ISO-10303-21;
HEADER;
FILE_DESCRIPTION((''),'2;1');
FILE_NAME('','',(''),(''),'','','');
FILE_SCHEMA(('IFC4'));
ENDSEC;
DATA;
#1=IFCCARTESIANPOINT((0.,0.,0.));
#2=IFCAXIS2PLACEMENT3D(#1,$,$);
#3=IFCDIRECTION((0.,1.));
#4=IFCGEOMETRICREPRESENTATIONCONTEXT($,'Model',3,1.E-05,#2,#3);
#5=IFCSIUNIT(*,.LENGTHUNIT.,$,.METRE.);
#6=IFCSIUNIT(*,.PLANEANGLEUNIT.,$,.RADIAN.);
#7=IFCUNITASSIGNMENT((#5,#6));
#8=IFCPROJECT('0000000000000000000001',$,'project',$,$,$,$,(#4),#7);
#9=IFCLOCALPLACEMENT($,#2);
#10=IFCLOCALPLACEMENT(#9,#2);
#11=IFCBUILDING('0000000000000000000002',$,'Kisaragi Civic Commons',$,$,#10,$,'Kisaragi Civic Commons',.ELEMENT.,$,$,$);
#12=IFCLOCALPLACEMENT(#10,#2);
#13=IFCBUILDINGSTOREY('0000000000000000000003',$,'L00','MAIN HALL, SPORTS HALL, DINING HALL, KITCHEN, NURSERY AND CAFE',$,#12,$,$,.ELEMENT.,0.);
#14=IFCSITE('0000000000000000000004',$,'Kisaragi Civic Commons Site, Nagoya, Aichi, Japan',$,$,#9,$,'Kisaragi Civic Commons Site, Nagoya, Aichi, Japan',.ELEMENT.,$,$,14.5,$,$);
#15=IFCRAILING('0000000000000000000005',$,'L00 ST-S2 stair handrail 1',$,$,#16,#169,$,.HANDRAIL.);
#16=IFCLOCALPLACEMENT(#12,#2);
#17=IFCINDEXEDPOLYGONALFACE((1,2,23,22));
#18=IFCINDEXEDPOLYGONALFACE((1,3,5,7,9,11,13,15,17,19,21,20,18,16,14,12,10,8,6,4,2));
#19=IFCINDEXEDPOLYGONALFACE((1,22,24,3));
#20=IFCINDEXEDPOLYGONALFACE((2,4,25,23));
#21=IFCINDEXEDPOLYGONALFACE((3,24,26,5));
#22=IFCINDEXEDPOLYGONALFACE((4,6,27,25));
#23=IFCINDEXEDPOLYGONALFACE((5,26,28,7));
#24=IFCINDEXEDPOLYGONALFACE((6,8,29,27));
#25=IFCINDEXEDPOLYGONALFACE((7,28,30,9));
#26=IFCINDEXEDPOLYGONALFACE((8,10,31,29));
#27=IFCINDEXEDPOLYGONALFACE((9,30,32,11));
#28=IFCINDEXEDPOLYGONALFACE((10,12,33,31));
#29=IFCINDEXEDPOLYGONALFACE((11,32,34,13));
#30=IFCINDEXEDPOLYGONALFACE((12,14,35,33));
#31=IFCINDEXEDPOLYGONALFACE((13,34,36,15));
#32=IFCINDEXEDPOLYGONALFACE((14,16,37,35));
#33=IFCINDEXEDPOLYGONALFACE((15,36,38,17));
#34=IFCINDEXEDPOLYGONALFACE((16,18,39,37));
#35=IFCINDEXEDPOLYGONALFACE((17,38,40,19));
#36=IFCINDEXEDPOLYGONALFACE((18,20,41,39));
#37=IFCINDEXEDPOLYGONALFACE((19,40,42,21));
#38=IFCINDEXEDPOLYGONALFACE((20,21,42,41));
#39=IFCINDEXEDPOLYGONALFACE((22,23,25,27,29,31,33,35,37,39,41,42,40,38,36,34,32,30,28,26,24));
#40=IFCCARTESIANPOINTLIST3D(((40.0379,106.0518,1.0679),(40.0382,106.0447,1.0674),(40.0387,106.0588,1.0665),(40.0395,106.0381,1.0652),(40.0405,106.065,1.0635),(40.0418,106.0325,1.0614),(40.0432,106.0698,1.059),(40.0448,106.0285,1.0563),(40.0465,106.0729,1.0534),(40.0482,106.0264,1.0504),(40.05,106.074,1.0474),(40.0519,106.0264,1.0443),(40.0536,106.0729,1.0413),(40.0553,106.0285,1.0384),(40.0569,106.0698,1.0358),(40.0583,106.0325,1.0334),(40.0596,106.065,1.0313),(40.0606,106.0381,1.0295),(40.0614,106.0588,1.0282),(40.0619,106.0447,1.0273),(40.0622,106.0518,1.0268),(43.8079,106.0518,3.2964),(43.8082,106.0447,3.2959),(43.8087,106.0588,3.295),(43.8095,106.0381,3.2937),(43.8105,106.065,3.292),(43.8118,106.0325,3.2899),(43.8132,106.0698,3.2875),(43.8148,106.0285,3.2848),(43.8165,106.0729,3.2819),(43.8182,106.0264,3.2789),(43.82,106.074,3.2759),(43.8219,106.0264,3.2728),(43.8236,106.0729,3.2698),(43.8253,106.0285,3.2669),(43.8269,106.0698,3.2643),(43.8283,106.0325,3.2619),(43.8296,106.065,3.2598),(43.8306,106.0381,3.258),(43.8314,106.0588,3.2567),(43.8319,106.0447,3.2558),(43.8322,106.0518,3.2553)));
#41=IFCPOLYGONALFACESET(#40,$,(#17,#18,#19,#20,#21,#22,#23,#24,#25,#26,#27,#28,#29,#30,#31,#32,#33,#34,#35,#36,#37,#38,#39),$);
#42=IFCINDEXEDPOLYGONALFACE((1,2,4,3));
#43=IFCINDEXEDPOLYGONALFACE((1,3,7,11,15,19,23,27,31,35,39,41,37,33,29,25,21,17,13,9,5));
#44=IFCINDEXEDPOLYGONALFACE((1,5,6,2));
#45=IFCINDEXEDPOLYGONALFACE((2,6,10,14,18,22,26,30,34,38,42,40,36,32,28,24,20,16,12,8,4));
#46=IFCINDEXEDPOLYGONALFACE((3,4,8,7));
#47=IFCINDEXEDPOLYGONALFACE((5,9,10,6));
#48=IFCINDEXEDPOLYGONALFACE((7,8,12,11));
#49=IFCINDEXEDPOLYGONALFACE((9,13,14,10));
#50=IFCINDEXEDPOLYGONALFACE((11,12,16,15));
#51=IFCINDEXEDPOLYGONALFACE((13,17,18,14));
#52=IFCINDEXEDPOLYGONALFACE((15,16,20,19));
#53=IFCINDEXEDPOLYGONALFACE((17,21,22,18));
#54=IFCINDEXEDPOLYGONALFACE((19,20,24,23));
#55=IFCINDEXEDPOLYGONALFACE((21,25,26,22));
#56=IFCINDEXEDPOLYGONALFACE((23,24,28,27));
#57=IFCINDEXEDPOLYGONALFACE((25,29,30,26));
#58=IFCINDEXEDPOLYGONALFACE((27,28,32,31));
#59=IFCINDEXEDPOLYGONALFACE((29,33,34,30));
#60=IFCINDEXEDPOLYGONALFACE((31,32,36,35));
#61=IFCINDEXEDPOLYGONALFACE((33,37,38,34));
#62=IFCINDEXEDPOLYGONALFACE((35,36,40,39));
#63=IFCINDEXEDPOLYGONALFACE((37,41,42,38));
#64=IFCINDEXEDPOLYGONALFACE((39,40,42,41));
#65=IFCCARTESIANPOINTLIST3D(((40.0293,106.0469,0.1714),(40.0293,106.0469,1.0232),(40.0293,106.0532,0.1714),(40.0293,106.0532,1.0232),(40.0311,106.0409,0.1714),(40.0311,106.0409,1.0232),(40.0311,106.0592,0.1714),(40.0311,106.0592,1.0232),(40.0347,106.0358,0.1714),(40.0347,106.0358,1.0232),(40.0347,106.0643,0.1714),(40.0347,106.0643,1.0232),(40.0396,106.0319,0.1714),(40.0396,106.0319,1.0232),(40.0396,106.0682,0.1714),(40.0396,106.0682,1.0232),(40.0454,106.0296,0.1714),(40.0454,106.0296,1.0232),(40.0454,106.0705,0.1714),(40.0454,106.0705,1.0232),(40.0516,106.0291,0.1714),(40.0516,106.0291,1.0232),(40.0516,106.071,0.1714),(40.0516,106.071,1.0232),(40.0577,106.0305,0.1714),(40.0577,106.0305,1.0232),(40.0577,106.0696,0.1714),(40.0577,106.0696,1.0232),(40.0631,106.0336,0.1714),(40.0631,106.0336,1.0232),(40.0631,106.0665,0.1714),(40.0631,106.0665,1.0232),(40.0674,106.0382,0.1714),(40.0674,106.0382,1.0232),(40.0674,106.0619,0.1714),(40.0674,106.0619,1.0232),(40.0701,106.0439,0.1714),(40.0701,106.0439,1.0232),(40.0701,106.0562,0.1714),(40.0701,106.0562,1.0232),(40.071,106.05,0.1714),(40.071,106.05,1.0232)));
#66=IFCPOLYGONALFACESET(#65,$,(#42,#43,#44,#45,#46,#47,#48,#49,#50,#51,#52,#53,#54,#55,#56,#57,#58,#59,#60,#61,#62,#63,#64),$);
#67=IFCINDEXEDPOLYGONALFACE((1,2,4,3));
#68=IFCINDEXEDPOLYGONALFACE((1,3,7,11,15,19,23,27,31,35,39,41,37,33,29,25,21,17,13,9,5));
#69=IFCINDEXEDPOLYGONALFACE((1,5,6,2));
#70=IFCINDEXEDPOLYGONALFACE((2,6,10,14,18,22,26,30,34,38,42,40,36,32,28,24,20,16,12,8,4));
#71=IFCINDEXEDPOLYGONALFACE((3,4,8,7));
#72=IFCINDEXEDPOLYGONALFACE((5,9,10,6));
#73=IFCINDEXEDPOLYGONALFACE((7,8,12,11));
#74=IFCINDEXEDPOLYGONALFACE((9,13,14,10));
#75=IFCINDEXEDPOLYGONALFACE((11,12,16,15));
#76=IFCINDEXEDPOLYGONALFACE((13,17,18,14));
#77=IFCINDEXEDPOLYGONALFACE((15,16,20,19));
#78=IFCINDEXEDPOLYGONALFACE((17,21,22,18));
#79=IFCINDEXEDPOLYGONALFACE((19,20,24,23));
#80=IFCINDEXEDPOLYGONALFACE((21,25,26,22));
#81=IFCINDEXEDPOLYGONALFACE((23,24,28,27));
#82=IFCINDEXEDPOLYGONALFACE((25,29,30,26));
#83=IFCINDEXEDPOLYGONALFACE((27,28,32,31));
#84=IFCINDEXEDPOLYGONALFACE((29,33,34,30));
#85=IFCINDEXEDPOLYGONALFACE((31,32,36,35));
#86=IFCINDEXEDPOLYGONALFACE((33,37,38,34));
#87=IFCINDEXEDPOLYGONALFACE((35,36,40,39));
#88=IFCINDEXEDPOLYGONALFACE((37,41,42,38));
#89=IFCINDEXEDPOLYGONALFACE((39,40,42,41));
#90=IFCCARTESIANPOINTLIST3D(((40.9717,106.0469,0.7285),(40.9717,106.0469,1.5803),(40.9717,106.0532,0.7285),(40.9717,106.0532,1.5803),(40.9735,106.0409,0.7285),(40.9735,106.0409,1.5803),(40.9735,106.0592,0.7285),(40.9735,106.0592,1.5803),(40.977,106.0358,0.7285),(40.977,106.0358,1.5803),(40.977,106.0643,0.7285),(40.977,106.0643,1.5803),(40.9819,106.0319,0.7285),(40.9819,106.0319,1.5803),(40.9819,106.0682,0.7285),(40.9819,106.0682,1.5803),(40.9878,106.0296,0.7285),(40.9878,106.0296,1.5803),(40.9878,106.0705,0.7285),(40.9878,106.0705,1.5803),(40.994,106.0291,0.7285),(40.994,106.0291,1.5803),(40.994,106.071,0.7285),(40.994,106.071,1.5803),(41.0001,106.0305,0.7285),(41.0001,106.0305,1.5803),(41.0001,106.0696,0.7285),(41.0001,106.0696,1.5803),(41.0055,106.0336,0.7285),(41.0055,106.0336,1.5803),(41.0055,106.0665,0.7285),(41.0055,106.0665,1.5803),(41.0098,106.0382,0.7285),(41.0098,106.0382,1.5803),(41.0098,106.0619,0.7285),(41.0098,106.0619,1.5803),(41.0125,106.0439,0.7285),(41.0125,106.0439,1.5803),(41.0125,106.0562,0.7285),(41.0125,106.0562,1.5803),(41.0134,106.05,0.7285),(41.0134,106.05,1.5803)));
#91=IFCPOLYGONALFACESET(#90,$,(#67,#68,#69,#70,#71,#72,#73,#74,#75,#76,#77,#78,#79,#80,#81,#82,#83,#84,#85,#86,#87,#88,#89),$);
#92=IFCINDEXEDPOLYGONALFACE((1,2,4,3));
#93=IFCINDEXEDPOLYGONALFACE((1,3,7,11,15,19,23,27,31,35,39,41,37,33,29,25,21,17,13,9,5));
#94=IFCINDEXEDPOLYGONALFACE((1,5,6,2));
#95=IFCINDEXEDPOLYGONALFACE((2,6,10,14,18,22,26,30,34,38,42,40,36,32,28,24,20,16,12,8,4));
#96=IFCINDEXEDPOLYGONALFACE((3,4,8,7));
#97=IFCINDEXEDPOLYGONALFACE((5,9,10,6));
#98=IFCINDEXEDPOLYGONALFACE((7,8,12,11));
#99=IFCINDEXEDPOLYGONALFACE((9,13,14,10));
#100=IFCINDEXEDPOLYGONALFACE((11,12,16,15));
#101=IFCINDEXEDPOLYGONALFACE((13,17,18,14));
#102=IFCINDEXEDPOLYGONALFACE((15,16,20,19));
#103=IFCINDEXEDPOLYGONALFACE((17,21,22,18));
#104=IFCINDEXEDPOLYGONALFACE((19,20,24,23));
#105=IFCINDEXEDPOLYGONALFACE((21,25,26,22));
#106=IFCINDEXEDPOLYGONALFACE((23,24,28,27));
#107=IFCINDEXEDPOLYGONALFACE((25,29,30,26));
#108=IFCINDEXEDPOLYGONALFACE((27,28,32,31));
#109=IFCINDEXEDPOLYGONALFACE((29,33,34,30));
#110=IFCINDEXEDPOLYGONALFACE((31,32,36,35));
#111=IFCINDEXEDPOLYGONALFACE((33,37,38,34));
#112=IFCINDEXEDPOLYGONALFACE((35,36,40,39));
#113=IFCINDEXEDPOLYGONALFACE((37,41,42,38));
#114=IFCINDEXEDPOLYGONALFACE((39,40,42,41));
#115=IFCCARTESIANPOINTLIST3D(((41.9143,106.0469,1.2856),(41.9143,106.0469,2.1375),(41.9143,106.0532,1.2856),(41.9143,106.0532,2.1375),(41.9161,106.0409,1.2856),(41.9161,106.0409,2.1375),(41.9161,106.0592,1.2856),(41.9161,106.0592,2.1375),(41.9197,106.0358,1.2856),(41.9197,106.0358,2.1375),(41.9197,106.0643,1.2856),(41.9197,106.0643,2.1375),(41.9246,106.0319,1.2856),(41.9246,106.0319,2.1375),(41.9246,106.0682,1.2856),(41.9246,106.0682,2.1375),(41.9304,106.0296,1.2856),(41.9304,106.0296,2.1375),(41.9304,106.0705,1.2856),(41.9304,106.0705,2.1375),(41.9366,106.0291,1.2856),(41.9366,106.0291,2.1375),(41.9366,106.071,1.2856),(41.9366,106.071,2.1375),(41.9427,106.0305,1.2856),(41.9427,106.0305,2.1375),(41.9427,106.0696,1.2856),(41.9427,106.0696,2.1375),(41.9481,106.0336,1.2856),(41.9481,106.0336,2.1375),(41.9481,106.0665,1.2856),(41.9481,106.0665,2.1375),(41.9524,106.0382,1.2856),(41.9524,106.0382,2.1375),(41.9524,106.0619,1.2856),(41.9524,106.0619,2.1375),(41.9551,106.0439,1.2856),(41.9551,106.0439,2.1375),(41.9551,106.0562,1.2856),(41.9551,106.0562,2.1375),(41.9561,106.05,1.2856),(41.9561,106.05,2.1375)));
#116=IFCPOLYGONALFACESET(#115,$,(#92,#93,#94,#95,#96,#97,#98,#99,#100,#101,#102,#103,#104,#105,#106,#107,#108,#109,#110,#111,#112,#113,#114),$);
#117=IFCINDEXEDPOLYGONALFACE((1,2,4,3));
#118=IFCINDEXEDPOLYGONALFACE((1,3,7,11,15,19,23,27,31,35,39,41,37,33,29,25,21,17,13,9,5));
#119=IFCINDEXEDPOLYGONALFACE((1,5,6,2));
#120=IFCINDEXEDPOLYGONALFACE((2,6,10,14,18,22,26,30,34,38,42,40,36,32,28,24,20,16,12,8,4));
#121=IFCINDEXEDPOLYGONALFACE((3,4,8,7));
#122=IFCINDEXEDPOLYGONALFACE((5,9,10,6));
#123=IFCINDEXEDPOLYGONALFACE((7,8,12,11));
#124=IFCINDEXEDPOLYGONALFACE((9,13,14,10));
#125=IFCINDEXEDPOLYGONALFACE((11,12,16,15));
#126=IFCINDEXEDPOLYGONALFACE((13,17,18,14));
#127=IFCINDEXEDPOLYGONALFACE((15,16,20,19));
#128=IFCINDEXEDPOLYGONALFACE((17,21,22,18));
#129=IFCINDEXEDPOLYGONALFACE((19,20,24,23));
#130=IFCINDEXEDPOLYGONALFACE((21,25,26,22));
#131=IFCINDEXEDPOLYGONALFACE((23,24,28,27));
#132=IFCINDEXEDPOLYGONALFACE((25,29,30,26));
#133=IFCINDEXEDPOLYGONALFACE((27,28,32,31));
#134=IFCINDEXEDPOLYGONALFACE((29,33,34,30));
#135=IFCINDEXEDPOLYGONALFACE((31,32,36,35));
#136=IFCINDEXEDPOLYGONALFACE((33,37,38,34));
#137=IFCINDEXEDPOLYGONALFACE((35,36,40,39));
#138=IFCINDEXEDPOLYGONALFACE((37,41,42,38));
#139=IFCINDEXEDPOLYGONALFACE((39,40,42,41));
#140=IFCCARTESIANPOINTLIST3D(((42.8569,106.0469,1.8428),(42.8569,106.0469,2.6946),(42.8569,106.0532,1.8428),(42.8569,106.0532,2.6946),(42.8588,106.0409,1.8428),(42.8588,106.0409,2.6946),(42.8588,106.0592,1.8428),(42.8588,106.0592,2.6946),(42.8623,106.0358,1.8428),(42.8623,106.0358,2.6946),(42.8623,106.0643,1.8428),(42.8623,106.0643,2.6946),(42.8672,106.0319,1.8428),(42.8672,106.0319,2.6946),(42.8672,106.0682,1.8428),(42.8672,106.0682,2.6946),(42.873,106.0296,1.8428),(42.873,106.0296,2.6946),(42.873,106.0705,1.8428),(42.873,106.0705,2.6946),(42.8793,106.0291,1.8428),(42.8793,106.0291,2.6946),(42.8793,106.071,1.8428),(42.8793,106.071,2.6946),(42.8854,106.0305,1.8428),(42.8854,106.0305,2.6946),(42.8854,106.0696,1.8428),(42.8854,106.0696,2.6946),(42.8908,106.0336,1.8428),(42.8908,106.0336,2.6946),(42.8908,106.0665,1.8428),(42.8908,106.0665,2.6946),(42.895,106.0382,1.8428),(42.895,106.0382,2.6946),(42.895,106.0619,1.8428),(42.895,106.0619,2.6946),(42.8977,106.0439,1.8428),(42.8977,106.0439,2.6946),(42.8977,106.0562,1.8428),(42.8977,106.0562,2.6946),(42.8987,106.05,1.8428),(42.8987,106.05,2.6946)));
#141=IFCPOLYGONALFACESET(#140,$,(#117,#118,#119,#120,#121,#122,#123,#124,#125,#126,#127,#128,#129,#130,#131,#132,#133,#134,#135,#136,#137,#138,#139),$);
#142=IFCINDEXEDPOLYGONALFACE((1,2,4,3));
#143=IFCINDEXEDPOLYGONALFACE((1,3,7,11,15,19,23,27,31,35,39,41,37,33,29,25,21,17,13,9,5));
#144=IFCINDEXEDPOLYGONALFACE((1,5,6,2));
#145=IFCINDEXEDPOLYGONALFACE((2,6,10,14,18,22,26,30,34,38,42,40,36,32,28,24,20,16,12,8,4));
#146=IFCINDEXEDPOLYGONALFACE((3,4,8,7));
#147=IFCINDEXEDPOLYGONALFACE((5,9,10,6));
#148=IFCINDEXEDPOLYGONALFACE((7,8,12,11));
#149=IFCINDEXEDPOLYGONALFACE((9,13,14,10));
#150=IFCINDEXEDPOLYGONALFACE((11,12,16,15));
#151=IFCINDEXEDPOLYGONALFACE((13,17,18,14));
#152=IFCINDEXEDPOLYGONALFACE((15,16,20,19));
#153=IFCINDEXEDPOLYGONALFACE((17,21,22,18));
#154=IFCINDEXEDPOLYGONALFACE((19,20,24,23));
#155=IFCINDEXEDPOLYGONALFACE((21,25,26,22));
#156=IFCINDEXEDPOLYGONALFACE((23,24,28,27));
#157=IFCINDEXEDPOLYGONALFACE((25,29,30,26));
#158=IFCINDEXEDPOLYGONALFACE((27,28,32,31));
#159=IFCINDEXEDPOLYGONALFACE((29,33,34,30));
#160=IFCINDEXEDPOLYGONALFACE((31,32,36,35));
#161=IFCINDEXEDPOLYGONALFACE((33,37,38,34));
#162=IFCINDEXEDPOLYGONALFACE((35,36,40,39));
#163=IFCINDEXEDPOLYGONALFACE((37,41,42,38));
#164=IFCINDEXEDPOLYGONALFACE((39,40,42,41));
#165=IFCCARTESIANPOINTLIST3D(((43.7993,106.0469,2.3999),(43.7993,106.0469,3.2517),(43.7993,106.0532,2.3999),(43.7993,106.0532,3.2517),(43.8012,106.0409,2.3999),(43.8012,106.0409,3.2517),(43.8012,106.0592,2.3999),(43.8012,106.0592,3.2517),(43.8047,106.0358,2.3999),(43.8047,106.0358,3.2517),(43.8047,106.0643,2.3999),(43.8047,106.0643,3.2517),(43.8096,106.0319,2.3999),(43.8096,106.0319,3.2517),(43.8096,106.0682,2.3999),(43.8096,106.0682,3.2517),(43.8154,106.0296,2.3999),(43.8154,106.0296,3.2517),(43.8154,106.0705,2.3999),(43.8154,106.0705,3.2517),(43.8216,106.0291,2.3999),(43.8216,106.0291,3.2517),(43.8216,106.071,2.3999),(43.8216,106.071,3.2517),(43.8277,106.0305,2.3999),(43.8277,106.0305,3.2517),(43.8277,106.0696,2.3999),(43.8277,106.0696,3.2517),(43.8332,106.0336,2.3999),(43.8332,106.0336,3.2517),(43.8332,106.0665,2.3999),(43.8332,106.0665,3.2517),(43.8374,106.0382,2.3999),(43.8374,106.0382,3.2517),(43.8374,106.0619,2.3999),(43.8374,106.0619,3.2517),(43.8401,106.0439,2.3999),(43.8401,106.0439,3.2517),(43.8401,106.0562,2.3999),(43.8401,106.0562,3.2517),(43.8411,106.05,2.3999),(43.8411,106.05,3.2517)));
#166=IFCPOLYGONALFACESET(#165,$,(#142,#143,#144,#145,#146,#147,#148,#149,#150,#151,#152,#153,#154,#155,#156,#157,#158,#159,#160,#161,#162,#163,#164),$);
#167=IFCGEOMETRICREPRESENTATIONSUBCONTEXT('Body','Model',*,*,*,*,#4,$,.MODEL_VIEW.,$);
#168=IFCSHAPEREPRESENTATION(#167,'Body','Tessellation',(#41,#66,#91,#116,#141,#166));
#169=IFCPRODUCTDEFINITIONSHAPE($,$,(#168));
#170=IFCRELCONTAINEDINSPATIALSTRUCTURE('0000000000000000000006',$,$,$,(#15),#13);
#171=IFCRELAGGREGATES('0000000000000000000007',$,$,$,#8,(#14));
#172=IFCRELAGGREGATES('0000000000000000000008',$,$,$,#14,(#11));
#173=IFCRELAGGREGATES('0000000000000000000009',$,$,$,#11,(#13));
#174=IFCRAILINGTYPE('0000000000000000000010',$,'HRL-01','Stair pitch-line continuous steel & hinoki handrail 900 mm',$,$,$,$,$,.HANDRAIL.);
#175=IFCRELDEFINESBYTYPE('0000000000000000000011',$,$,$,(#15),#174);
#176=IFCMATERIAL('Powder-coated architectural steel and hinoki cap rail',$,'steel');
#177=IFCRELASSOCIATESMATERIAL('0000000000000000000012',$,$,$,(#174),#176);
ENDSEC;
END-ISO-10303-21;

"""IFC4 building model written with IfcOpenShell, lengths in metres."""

from ifc_helpers import new_model, si_unit, direction, frame, origin, origin_2d, place, context, subcontext, project, spatial, circle, extrude, material, type_object, element, save


model = new_model("IFC4")

# Units and contexts
model_context = context("Model", 3, precision=1e-05, world=origin(), true_north=direction((0.0, 1.0)))
body_context = subcontext(model_context, "Body", "Model", "MODEL_VIEW")
ifc_project = project(units=[si_unit("LENGTHUNIT", "METRE"), si_unit("PLANEANGLEUNIT", "RADIAN")], contexts=[model_context])

# Site, building, storey
site_placement = place(None, origin())
site = spatial("IfcSite", under=ifc_project, at=site_placement, Name="Kisaragi Civic Commons Site, Nagoya, Aichi, Japan", LongName="Kisaragi Civic Commons Site, Nagoya, Aichi, Japan", CompositionType="ELEMENT", RefElevation=14.5)
building_placement = place(site_placement, origin())
building = spatial("IfcBuilding", under=site, at=building_placement, Name="Kisaragi Civic Commons", LongName="Kisaragi Civic Commons", CompositionType="ELEMENT")
storey_placement = place(building_placement, origin())
storey = spatial("IfcBuildingStorey", under=building, at=storey_placement, Name="L00", Description="MAIN HALL, SPORTS HALL, DINING HALL, KITCHEN, NURSERY AND CAFE", CompositionType="ELEMENT", Elevation=0.0)

# Railing
ifc_material_1 = material(Name="Powder-coated architectural steel and hinoki cap rail", Category="steel")
railing_type_1 = type_object("IfcRailingType", Name="HRL-01", Description="Stair pitch-line continuous steel & hinoki handrail 900 mm", PredefinedType="HANDRAIL", material=ifc_material_1)
railing_1_placement = place(storey_placement, frame((40.05, 106.05, 0.1714)))
element("IfcRailing", 1, at=railing_1_placement, inside=storey, type_object=railing_type_1, Name="L00 ST-S2 stair handrail 1", PredefinedType="HANDRAIL", context=body_context, shape_type="SweptSolid", body=[
    extrude(circle(Radius=0.0239, at=origin_2d()), frame((0.0, 0.0, 0.876), z_axis=(0.860849, 0.0, 0.508861), x_axis=(0.0, 1.0, 0.0)), (0.0, 0.0, 1.0), 4.3794),
    extrude(circle(Radius=0.021, at=origin_2d()), origin(), (0.0, 0.0, 1.0), 0.8518),
    extrude(circle(Radius=0.021, at=origin_2d()), frame((0.9424, 0.0, 0.5571)), (0.0, 0.0, 1.0), 0.8518),
    extrude(circle(Radius=0.021, at=origin_2d()), frame((1.885, 0.0, 1.1143)), (0.0, 0.0, 1.0), 0.8518),
    extrude(circle(Radius=0.021, at=origin_2d()), frame((2.8276, 0.0, 1.6714)), (0.0, 0.0, 1.0), 0.8518),
    extrude(circle(Radius=0.021, at=origin_2d()), frame((3.77, 0.0, 2.2285)), (0.0, 0.0, 1.0), 0.8518),
])

save(model, "model.ifc")
